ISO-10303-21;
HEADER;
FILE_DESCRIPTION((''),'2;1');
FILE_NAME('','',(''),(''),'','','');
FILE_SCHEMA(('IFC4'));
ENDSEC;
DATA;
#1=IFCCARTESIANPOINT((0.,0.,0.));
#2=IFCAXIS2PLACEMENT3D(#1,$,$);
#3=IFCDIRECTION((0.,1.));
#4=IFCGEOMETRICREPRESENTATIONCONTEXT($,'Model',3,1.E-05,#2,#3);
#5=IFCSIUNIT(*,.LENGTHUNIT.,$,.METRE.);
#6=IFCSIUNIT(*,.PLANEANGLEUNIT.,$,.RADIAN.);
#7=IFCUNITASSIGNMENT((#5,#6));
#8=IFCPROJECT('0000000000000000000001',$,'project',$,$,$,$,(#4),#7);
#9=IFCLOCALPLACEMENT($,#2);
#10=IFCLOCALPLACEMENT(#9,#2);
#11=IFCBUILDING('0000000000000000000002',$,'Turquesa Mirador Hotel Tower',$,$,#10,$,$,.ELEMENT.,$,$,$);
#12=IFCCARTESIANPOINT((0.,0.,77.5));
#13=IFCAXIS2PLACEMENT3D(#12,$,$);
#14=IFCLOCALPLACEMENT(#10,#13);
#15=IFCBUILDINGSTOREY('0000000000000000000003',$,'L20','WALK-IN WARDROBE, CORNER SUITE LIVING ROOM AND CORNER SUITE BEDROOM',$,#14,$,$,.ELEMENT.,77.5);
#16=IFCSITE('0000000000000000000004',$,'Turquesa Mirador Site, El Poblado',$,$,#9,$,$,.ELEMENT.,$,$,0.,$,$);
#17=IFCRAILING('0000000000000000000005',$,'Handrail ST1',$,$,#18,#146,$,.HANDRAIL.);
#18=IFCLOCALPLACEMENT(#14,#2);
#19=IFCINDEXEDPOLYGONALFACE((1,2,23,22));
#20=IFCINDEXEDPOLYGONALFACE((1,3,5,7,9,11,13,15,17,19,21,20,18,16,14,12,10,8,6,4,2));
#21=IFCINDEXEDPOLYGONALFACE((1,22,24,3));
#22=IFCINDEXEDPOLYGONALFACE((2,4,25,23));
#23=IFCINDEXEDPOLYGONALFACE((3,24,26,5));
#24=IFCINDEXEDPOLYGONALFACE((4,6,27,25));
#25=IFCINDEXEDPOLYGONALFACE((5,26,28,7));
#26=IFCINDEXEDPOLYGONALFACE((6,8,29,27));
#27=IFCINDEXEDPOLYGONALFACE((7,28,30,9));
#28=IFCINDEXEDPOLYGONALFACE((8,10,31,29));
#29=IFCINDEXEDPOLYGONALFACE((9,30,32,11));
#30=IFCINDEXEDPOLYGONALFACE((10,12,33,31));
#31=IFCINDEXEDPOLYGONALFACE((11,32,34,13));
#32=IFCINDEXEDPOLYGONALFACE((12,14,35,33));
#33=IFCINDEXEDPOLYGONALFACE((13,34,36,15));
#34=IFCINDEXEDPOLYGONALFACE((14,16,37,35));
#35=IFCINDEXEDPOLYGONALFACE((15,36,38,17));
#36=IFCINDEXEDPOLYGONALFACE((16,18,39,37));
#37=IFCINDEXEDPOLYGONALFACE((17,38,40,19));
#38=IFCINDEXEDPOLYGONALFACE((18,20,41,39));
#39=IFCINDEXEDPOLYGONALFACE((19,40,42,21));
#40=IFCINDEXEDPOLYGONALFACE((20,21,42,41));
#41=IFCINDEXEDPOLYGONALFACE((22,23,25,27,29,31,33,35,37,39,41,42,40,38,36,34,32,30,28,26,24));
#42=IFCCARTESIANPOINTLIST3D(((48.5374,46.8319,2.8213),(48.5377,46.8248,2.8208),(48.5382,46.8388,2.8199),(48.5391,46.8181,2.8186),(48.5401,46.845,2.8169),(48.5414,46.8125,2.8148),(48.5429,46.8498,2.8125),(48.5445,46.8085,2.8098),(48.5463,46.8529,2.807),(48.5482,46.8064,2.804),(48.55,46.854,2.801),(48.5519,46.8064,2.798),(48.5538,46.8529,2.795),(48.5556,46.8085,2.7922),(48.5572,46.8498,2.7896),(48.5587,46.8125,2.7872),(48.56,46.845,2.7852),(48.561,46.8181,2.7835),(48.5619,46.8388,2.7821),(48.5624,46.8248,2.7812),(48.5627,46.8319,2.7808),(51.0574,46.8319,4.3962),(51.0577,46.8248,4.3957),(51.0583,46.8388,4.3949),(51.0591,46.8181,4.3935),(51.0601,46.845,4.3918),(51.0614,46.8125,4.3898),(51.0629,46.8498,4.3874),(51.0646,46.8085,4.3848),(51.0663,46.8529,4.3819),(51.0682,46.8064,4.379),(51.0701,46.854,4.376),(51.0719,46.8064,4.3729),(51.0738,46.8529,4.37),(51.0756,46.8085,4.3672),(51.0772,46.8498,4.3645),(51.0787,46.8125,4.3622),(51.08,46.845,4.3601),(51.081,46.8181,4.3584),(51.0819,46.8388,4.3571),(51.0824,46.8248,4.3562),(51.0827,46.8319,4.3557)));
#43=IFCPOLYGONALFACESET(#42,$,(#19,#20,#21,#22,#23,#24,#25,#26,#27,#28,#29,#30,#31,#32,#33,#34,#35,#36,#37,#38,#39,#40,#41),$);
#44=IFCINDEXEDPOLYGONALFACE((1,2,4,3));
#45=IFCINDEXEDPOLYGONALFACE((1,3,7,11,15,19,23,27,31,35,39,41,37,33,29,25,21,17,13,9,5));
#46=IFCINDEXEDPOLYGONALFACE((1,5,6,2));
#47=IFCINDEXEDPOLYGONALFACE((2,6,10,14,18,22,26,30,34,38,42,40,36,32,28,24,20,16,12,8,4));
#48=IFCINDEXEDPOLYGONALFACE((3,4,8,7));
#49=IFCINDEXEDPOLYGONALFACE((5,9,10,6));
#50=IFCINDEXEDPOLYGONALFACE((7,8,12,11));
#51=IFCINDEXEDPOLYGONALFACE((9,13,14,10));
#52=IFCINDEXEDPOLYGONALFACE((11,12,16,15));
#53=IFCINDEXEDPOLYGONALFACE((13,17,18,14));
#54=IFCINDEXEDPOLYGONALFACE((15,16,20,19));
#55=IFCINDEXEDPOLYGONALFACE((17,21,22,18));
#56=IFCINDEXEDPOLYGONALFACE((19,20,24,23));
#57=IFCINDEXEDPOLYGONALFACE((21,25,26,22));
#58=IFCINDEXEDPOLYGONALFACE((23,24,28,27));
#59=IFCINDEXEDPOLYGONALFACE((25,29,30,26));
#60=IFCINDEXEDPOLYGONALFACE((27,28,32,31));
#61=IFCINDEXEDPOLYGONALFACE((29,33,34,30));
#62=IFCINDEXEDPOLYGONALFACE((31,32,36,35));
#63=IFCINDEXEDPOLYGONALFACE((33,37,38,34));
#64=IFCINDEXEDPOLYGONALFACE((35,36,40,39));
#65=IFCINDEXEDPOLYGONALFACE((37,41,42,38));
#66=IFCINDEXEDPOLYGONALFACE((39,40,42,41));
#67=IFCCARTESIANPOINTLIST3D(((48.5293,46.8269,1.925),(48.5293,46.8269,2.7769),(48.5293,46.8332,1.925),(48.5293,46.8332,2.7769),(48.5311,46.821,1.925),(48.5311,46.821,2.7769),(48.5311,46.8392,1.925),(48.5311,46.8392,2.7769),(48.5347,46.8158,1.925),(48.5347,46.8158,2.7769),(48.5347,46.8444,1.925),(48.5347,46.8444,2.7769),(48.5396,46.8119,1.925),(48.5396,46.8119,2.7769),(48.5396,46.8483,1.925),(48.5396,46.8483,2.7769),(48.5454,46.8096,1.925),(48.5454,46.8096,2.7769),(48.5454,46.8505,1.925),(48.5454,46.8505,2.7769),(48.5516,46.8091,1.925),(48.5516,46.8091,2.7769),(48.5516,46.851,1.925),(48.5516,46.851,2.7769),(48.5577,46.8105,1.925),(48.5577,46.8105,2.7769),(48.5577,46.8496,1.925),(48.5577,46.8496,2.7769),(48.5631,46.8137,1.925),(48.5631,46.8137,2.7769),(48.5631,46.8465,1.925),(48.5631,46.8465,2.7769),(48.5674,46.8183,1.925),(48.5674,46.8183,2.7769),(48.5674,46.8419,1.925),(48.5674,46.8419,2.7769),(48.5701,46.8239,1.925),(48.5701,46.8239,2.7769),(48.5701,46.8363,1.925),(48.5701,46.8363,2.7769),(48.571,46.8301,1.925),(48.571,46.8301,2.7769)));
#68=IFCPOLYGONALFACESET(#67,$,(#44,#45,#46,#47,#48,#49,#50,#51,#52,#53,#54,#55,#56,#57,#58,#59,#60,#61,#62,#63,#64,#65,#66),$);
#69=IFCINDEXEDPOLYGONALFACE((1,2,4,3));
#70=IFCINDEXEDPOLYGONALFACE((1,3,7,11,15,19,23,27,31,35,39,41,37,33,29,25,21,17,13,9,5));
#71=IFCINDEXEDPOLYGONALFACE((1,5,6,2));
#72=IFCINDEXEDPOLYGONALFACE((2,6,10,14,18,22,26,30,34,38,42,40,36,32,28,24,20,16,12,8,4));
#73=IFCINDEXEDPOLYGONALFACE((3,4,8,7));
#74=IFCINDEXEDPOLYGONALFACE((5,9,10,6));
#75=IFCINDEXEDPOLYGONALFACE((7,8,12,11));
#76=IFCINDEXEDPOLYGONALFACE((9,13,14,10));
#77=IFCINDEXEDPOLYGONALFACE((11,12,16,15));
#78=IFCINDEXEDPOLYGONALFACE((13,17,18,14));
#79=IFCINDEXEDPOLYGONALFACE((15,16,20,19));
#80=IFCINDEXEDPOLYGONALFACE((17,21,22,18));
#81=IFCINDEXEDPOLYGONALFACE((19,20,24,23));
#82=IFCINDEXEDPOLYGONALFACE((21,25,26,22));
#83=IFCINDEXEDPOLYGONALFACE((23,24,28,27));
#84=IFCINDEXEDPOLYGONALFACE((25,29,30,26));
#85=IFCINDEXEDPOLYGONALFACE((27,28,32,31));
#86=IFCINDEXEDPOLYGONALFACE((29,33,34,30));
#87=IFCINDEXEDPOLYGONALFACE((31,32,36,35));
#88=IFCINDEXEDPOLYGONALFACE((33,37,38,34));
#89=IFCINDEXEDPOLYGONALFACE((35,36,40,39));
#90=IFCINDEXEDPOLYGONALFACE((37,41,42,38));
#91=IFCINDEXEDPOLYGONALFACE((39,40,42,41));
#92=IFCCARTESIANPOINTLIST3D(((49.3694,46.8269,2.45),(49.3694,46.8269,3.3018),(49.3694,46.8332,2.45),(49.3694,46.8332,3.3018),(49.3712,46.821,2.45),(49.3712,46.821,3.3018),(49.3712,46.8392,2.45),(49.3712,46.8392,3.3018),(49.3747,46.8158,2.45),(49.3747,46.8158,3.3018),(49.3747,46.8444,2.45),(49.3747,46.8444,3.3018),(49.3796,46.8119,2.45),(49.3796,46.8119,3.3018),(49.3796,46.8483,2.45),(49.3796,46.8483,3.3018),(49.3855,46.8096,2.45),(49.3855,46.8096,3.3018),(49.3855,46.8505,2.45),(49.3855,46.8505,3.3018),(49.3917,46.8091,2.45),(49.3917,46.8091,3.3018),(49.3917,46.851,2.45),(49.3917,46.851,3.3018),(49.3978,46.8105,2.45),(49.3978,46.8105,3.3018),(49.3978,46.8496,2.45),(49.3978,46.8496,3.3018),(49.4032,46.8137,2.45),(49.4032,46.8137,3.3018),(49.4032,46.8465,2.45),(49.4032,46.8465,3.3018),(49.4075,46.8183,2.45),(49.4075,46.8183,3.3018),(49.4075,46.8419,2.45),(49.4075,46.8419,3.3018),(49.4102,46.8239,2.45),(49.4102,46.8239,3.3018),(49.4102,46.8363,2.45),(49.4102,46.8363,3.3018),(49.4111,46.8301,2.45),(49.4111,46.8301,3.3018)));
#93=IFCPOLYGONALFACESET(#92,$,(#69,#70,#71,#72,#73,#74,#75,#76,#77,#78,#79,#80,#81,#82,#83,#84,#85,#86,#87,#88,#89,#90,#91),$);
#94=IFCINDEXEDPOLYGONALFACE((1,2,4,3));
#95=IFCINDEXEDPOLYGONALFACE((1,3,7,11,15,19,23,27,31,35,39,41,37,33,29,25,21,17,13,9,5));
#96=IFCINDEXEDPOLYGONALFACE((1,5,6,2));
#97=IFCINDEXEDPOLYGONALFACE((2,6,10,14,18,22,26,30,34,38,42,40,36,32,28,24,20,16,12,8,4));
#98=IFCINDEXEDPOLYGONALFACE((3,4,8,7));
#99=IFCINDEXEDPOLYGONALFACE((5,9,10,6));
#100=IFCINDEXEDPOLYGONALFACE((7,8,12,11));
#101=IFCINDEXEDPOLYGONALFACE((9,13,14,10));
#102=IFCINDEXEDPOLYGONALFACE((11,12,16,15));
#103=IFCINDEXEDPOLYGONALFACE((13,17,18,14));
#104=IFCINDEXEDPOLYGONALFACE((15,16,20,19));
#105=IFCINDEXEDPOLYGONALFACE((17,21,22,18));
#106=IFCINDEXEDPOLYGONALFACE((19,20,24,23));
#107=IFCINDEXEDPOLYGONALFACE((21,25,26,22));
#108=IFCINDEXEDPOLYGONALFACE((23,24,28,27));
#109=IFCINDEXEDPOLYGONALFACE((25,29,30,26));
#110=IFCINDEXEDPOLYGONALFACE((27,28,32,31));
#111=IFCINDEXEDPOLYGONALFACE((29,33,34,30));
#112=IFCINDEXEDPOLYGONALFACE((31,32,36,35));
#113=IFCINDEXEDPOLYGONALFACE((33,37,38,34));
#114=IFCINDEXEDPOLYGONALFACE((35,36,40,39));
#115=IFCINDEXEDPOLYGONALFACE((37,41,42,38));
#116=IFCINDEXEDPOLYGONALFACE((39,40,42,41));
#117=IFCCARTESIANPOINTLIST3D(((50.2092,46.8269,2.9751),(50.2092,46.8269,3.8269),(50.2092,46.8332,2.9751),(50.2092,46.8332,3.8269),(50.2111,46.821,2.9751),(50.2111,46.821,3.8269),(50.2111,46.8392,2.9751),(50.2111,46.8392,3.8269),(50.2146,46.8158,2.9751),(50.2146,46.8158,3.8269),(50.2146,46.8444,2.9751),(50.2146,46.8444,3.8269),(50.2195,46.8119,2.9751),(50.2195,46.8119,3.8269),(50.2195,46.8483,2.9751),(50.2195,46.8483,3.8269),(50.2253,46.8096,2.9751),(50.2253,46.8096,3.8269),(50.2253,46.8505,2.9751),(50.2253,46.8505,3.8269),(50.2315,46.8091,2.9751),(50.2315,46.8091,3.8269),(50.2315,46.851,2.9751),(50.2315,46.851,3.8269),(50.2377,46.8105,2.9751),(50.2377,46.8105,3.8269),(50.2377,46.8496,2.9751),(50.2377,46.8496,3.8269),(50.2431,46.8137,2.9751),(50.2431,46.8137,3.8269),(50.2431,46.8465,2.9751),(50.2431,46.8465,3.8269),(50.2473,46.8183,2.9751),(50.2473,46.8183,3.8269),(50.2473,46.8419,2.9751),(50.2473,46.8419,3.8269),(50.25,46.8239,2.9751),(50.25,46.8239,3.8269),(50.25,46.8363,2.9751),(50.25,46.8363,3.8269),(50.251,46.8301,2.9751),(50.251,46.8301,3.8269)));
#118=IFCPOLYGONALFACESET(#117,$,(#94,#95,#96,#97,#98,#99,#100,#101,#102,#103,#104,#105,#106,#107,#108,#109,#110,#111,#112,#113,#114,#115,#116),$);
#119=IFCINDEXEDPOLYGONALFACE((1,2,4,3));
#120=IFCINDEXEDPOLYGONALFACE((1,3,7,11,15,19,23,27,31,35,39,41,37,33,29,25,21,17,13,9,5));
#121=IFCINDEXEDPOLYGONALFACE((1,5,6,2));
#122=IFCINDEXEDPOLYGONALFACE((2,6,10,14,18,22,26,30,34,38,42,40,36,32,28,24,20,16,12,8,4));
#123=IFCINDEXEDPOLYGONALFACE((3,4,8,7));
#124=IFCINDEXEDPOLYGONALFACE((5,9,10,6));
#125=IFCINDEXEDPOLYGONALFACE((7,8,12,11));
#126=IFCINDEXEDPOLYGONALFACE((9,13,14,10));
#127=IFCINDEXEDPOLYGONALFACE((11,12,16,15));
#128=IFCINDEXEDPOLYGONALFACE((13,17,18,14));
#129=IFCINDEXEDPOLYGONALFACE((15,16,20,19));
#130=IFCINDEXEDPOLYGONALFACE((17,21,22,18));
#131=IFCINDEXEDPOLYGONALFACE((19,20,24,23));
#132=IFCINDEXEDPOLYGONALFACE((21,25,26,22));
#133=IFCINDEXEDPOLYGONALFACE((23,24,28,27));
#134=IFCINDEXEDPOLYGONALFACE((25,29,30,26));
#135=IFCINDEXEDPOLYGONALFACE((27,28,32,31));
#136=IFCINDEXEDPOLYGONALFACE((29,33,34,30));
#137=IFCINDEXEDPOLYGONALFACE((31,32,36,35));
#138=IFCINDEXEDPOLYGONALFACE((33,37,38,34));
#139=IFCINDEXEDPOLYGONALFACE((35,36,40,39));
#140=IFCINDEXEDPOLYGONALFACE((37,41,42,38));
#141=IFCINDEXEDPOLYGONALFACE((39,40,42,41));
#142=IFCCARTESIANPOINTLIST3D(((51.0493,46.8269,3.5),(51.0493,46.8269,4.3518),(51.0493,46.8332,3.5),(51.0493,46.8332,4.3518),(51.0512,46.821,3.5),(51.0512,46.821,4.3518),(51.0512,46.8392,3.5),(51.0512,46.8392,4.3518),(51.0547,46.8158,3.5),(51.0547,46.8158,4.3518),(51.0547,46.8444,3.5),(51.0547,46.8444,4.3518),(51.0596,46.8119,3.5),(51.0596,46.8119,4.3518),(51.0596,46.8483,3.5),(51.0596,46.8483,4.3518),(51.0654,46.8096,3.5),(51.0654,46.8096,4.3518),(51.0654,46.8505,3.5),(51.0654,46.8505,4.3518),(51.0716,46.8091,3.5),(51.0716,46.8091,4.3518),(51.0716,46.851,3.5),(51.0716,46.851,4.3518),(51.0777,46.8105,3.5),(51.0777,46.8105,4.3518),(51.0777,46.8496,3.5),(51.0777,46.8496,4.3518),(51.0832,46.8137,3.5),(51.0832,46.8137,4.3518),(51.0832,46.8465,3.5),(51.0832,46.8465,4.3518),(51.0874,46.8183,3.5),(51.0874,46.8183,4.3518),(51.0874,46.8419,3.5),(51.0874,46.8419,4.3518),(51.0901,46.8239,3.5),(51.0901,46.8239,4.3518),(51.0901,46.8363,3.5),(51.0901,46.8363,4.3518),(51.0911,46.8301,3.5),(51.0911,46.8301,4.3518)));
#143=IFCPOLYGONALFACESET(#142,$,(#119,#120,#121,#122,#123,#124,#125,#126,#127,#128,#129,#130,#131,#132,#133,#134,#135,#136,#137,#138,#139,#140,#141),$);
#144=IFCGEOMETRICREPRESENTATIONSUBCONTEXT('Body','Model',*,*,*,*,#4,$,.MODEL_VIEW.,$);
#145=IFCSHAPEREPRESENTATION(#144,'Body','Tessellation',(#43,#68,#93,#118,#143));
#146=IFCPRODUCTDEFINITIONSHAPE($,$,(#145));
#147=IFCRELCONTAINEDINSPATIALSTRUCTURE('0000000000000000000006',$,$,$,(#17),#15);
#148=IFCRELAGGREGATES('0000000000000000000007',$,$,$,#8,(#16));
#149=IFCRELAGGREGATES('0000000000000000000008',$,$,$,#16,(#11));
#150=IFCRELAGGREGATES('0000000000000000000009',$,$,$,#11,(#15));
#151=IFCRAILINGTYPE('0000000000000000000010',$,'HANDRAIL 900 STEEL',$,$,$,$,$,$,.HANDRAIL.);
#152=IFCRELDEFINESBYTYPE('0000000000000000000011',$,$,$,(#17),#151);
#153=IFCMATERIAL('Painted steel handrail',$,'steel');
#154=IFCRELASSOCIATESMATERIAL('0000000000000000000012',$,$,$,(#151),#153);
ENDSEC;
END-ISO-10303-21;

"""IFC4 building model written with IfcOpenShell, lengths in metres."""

from ifc_helpers import new_model, si_unit, direction, frame, origin, origin_2d, place, context, subcontext, project, spatial, circle, extrude, material, type_object, element, save


model = new_model("IFC4")

# Units and contexts
model_context = context("Model", 3, precision=1e-05, world=origin(), true_north=direction((0.0, 1.0)))
body_context = subcontext(model_context, "Body", "Model", "MODEL_VIEW")
ifc_project = project(units=[si_unit("LENGTHUNIT", "METRE"), si_unit("PLANEANGLEUNIT", "RADIAN")], contexts=[model_context])

# Site, building, storey
site_placement = place(None, origin())
site = spatial("IfcSite", under=ifc_project, at=site_placement, Name="Turquesa Mirador Site, El Poblado", CompositionType="ELEMENT", RefElevation=0.0)
building_placement = place(site_placement, origin())
building = spatial("IfcBuilding", under=site, at=building_placement, Name="Turquesa Mirador Hotel Tower", CompositionType="ELEMENT")
storey_placement = place(building_placement, frame((0.0, 0.0, 77.5)))
storey = spatial("IfcBuildingStorey", under=building, at=storey_placement, Name="L20", Description="WALK-IN WARDROBE, CORNER SUITE LIVING ROOM AND CORNER SUITE BEDROOM", CompositionType="ELEMENT", Elevation=77.5)

# Railing
ifc_material_1 = material(Name="Painted steel handrail", Category="steel")
railing_type = type_object("IfcRailingType", Name="HANDRAIL 900 STEEL", PredefinedType="HANDRAIL", material=ifc_material_1)
for number, where, name in (
    (1, (48.55, 46.8301, 1.925), "Handrail ST1"),
):
    element("IfcRailing", number, at=place(storey_placement, frame(where)), inside=storey, type_object=railing_type, Name=name, PredefinedType="HANDRAIL", context=body_context, shape_type="SweptSolid", body=[
        extrude(circle(Radius=0.0239, at=origin_2d()), frame((0.0, 0.0, 0.876), z_axis=(0.848008, 0.0, 0.529984), x_axis=(0.0, 1.0, 0.0)), (0.0, 0.0, 1.0), 2.9717),
        extrude(circle(Radius=0.021, at=origin_2d()), origin(), (0.0, 0.0, 1.0), 0.8518),
        extrude(circle(Radius=0.021, at=origin_2d()), frame((0.8401, 0.0, 0.5249)), (0.0, 0.0, 1.0), 0.8518),
        extrude(circle(Radius=0.021, at=origin_2d()), frame((1.6799, 0.0, 1.05)), (0.0, 0.0, 1.0), 0.8518),
        extrude(circle(Radius=0.021, at=origin_2d()), frame((2.52, 0.0, 1.575)), (0.0, 0.0, 1.0), 0.8518),
    ])

save(model, "model.ifc")
